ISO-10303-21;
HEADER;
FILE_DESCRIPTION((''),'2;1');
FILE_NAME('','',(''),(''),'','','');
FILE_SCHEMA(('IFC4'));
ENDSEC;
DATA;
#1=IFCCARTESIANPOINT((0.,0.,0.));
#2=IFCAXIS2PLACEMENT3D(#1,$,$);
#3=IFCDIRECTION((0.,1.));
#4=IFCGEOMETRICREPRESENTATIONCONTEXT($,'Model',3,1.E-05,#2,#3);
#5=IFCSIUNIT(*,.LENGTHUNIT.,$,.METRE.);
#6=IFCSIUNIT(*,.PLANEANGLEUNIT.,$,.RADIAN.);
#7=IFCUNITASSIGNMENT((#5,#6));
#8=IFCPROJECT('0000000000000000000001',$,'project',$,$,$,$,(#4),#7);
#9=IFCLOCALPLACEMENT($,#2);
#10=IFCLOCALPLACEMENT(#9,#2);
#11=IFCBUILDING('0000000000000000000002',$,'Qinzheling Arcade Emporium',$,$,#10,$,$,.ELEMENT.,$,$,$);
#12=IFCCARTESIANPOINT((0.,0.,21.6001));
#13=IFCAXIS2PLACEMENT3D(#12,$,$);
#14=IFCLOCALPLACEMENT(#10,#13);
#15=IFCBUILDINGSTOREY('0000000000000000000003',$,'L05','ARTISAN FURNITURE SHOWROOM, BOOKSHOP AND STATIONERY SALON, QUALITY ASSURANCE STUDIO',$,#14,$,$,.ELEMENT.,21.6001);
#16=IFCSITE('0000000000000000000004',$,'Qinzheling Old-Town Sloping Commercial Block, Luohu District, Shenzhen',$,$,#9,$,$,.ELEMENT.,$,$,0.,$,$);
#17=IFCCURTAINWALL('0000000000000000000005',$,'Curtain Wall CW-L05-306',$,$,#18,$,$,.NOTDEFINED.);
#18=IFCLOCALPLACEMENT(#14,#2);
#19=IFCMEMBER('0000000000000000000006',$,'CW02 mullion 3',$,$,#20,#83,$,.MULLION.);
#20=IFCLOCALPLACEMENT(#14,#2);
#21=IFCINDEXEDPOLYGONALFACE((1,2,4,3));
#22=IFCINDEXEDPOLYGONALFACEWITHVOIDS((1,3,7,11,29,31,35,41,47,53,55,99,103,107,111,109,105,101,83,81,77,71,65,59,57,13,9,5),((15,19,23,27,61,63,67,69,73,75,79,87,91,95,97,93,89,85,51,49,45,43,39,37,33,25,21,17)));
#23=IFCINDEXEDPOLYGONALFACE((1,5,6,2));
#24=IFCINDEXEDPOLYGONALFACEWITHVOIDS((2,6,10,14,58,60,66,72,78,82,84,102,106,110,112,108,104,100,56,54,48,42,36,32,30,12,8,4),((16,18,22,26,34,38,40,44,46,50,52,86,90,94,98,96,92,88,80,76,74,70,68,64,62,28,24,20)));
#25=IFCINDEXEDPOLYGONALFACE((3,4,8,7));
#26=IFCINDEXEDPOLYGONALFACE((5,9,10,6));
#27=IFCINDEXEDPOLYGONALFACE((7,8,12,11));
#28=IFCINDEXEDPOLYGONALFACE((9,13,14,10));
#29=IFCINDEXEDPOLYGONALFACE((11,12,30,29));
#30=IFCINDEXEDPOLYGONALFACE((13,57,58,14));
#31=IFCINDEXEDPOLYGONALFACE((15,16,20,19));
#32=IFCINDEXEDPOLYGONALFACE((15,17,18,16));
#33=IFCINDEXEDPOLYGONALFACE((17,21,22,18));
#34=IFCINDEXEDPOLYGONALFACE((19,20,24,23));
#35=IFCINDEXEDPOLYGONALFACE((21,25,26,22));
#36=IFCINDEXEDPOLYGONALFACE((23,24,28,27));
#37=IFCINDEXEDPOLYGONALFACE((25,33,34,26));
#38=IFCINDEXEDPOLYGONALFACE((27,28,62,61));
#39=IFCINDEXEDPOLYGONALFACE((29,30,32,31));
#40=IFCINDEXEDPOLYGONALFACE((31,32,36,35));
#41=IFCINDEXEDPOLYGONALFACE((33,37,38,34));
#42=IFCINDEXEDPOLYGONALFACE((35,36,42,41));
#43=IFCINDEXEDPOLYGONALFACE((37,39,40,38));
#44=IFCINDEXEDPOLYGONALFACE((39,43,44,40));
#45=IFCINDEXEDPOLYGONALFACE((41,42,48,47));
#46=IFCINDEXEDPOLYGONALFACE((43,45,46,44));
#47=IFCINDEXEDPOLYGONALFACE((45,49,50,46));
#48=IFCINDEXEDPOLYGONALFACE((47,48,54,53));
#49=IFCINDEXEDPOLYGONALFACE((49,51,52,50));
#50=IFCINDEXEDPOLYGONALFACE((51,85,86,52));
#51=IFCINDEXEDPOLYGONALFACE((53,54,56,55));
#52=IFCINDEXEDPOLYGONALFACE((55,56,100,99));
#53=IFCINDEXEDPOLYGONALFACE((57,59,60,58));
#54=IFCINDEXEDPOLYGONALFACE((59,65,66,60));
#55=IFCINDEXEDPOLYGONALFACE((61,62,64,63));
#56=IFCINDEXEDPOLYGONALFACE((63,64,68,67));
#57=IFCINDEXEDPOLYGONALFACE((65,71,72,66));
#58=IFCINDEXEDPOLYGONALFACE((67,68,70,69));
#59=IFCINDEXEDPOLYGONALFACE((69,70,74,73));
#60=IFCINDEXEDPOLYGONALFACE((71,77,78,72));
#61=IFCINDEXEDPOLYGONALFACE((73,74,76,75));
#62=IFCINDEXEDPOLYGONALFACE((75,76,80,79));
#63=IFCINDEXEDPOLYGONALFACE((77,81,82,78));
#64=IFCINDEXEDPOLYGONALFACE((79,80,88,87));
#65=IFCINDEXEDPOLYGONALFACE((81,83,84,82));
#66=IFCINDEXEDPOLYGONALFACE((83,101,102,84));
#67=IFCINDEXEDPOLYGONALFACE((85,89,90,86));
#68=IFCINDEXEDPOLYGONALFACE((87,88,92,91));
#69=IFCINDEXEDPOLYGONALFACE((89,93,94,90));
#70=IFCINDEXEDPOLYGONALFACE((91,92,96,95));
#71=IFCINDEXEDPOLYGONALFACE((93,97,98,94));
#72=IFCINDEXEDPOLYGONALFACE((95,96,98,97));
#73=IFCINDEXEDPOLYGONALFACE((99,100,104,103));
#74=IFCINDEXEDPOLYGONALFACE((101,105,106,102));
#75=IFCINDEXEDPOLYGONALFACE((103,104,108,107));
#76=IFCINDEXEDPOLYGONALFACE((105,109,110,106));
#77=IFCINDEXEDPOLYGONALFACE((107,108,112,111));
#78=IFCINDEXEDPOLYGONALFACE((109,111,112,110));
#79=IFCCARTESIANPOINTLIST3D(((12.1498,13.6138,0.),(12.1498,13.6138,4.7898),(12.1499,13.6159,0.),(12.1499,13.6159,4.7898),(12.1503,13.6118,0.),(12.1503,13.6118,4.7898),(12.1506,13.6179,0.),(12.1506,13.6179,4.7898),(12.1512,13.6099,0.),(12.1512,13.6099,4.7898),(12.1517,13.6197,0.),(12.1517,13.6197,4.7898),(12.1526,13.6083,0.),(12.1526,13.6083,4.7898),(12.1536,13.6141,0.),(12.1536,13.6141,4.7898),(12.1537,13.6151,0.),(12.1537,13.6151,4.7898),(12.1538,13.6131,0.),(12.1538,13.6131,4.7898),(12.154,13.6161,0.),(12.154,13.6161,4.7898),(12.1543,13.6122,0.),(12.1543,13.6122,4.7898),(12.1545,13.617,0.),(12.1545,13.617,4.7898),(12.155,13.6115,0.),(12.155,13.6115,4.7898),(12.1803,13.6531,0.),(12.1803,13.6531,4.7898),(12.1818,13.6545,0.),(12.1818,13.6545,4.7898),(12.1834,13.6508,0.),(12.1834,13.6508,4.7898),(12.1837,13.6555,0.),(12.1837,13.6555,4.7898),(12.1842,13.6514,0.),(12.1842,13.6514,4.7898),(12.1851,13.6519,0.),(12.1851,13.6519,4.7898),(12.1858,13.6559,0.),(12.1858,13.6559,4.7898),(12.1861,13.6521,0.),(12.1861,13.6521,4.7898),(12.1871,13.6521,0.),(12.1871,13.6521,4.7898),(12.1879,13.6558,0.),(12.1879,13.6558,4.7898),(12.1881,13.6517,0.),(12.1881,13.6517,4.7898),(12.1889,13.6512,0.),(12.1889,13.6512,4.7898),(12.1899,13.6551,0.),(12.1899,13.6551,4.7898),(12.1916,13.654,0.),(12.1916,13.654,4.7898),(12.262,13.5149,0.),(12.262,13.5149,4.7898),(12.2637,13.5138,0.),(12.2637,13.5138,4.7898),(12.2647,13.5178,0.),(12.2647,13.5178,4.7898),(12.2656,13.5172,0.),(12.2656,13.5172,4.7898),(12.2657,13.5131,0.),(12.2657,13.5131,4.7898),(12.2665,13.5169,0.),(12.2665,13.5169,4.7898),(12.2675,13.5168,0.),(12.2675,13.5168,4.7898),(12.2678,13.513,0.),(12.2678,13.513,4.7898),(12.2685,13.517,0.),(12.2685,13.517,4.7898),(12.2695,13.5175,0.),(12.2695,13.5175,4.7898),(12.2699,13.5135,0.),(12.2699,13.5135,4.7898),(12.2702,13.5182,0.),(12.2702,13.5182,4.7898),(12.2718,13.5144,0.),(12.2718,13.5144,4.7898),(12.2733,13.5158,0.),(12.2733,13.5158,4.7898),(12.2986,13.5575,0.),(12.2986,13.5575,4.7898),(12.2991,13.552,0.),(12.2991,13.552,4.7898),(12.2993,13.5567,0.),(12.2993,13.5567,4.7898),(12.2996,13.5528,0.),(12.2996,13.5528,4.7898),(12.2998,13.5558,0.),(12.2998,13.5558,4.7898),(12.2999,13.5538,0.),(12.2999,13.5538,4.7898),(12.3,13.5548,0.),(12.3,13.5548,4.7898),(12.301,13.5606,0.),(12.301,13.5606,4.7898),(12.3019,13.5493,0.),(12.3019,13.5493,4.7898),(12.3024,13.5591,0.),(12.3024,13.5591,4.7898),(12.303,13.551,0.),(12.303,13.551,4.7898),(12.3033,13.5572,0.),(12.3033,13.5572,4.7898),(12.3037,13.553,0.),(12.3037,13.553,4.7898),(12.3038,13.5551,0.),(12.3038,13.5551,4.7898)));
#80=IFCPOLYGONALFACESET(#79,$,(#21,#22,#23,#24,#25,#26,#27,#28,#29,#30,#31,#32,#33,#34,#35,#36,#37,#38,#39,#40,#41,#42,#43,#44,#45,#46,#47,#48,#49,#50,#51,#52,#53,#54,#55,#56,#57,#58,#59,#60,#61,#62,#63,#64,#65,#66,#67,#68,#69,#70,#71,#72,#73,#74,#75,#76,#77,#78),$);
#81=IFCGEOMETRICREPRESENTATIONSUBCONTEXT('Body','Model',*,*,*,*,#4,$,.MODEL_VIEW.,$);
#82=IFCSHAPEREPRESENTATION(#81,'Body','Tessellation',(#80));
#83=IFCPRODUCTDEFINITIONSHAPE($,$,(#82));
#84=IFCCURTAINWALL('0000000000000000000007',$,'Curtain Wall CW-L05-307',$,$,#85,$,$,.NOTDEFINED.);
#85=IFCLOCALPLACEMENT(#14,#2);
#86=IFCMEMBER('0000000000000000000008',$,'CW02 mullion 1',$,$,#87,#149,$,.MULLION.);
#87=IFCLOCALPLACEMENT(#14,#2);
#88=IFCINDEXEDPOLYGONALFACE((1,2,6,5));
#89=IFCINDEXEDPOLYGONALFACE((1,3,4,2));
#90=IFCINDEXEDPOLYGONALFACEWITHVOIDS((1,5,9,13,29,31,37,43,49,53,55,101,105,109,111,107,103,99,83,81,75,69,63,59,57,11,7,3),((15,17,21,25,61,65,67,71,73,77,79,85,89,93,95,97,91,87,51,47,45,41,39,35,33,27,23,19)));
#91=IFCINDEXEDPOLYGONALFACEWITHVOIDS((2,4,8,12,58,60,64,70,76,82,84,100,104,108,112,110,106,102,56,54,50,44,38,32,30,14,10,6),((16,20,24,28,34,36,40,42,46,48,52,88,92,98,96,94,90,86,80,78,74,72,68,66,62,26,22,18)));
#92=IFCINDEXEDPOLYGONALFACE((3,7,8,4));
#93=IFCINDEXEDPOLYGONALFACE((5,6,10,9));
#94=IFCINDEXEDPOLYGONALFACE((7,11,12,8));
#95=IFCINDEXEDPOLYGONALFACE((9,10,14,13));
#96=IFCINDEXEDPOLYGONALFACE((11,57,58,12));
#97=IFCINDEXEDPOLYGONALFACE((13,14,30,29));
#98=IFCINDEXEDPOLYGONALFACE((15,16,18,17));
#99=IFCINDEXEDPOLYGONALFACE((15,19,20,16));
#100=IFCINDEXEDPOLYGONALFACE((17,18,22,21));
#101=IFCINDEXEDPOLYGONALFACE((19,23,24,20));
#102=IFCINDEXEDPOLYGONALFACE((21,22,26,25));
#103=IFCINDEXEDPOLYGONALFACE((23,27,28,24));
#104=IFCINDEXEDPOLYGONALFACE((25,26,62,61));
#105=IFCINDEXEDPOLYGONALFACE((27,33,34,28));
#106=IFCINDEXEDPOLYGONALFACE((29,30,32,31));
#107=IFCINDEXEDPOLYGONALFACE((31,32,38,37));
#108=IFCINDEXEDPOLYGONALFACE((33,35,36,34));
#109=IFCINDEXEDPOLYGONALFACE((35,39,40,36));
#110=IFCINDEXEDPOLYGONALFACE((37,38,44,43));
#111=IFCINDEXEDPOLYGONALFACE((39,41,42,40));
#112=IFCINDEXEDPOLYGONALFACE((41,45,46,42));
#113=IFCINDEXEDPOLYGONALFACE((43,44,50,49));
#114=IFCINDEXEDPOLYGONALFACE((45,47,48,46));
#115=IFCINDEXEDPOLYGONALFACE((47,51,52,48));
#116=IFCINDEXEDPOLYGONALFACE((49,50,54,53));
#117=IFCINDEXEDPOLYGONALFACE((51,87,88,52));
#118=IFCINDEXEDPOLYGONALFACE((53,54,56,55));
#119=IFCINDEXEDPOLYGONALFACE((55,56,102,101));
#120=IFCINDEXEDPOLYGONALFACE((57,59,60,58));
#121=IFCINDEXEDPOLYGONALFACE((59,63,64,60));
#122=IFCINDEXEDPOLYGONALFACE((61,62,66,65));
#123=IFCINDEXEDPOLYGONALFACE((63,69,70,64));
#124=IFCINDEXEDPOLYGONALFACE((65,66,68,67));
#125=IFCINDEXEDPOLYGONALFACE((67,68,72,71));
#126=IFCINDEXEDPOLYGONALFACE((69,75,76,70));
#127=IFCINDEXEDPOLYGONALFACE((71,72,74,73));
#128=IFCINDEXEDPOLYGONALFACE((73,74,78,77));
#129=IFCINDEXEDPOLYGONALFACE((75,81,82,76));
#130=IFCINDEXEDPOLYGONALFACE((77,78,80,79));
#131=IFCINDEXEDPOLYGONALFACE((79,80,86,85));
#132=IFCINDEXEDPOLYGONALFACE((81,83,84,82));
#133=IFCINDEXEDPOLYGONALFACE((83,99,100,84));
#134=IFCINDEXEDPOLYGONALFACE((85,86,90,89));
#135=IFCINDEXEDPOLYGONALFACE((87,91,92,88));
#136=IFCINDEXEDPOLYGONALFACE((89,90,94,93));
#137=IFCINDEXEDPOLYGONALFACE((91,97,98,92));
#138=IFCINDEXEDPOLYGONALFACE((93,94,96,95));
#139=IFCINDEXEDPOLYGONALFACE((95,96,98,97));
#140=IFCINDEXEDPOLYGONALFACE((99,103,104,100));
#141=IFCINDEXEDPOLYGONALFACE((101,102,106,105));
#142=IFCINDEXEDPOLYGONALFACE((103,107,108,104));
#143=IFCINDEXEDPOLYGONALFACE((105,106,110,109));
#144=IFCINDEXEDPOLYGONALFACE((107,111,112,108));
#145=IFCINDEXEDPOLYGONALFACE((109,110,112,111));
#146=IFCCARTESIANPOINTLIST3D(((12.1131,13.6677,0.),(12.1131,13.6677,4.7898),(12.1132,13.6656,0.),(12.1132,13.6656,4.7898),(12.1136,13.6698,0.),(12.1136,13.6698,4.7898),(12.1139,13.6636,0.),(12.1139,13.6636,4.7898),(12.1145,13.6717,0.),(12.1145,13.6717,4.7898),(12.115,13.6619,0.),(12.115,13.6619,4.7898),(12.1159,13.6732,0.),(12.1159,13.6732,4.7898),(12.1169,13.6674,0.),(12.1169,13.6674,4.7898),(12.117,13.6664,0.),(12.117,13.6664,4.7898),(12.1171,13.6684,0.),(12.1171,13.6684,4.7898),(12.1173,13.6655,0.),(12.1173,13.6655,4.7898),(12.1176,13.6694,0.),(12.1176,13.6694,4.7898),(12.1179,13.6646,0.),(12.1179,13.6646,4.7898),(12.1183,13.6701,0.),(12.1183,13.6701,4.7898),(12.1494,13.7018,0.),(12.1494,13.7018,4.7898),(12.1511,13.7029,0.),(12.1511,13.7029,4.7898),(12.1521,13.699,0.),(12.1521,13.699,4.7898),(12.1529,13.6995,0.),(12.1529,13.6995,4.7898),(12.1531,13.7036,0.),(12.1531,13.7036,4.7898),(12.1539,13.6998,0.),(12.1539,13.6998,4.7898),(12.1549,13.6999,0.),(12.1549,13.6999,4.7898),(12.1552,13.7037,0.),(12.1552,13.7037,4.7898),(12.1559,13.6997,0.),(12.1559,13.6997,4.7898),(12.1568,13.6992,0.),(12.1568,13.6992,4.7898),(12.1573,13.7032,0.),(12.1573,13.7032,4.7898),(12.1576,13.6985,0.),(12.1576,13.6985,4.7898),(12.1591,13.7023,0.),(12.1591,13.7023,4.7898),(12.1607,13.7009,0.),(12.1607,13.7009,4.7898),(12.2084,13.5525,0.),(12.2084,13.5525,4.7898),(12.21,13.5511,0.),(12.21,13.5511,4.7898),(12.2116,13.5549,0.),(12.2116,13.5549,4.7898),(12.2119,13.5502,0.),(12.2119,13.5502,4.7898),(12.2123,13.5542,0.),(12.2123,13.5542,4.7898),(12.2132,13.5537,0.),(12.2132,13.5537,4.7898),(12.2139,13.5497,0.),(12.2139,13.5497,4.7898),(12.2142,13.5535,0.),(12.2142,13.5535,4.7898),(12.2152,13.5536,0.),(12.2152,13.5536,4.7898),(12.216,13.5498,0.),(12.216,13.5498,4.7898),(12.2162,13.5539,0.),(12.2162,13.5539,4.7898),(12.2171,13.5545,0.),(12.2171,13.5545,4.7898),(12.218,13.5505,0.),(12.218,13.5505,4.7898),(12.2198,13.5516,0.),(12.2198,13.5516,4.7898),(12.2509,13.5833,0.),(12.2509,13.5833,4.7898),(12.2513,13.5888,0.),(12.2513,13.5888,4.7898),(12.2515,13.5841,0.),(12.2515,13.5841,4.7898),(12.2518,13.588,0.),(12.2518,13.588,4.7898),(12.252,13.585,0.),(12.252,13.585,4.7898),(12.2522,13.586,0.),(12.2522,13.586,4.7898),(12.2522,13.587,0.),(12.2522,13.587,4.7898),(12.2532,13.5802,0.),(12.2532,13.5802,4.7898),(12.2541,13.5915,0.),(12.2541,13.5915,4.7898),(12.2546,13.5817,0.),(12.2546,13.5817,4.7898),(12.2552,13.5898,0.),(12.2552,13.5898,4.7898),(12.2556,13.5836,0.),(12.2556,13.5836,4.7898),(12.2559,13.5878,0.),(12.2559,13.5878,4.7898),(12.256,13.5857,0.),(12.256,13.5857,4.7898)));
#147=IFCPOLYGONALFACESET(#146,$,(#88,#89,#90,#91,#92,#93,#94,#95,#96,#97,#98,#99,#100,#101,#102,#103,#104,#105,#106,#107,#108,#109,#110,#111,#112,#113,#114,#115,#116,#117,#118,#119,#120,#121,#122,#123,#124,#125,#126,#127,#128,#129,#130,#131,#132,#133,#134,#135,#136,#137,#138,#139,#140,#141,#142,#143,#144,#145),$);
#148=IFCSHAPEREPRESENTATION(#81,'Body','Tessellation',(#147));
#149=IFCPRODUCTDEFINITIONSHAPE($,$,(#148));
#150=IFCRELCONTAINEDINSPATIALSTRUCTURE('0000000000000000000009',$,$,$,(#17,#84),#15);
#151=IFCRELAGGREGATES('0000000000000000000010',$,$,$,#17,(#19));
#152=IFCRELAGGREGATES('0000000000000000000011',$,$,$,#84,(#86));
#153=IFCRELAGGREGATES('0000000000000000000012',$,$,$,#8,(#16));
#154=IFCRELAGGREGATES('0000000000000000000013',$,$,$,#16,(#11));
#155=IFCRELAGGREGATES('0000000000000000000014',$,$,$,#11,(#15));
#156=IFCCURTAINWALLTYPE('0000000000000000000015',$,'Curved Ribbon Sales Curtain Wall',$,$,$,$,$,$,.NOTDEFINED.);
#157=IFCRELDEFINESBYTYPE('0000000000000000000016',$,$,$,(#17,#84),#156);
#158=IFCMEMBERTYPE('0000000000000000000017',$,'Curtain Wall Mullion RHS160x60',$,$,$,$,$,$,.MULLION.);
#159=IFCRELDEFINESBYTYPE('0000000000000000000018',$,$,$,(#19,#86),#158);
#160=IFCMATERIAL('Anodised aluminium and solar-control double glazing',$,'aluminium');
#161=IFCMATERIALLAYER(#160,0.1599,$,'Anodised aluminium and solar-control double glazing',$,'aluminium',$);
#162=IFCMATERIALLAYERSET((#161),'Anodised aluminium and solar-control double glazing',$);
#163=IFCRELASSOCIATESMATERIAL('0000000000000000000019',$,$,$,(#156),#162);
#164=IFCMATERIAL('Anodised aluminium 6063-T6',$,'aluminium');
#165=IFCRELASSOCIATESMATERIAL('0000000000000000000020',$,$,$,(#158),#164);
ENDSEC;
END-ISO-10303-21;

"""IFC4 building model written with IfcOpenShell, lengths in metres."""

from ifc_helpers import new_model, si_unit, direction, frame, origin, origin_2d, place, context, subcontext, project, spatial, hollow_rectangle, extrude, material, layer, layer_set, material_profile, profile_set, type_object, element, aggregate, save


model = new_model("IFC4")

# Units and contexts
model_context = context("Model", 3, precision=1e-05, world=origin(), true_north=direction((0.0, 1.0)))
body_context = subcontext(model_context, "Body", "Model", "MODEL_VIEW")
ifc_project = project(units=[si_unit("LENGTHUNIT", "METRE"), si_unit("PLANEANGLEUNIT", "RADIAN")], contexts=[model_context])

# Site, building, storey
site_placement = place(None, origin())
site = spatial("IfcSite", under=ifc_project, at=site_placement, Name="Qinzheling Old-Town Sloping Commercial Block, Luohu District, Shenzhen", CompositionType="ELEMENT", RefElevation=0.0)
building_placement = place(site_placement, origin())
building = spatial("IfcBuilding", under=site, at=building_placement, Name="Qinzheling Arcade Emporium", CompositionType="ELEMENT")
storey_placement = place(building_placement, frame((0.0, 0.0, 21.6001)))
storey = spatial("IfcBuildingStorey", under=building, at=storey_placement, Name="L05", Description="ARTISAN FURNITURE SHOWROOM, BOOKSHOP AND STATIONERY SALON, QUALITY ASSURANCE STUDIO", CompositionType="ELEMENT", Elevation=21.6001)

# Curtain walls, members
ifc_material_1 = material(Name="Anodised aluminium and solar-control double glazing", Category="aluminium")
ifc_layer_1 = layer(ifc_material_1, 0.1599, Name="Anodised aluminium and solar-control double glazing", Category="aluminium")
ifc_layer_set_1 = layer_set([ifc_layer_1], Name="Anodised aluminium and solar-control double glazing")
curtain_wall_type = type_object("IfcCurtainWallType", Name="Curved Ribbon Sales Curtain Wall", PredefinedType="NOTDEFINED", material=ifc_layer_set_1)
curtain_wall_1_placement = place(storey_placement, origin())
curtain_wall_1 = element("IfcCurtainWall", 1, at=curtain_wall_1_placement, inside=storey, type_object=curtain_wall_type, Name="Curtain Wall CW-L05-306", PredefinedType="NOTDEFINED")
ifc_material_2 = material(Name="Anodised aluminium 6063-T6", Category="aluminium")
ifc_material_profile_1 = material_profile(ifc_material_2, hollow_rectangle(XDim=0.0601, YDim=0.1599, WallThickness=0.0039, InnerFilletRadius=0.0039, OuterFilletRadius=0.0081, at=origin_2d()), Name="RHS 160x60x4", Category="aluminium")
ifc_profile_set_1 = profile_set([ifc_material_profile_1], Name="Anodised aluminium 6063-T6")
member_type_1 = type_object("IfcMemberType", Name="Curtain Wall Mullion RHS160x60", PredefinedType="MULLION", material=ifc_profile_set_1)
member_1_placement = place(storey_placement, frame((12.2268, 13.5845, 0.0), z_axis=(0.0, 0.0, 1.0), x_axis=(-0.649433, -0.760418, 0.0)))
member_1 = element("IfcMember", 2, at=member_1_placement, type_object=member_type_1, Name="CW02 mullion 3", PredefinedType="MULLION", context=body_context, shape_type="SweptSolid", body=[
    extrude(hollow_rectangle(XDim=0.0601, YDim=0.1599, WallThickness=0.0039, InnerFilletRadius=0.0039, OuterFilletRadius=0.0081, at=origin_2d()), origin(), (0.0, 0.0, 1.0), 4.7898),
])
curtain_wall_2_placement = place(storey_placement, origin())
curtain_wall_2 = element("IfcCurtainWall", 3, at=curtain_wall_2_placement, inside=storey, type_object=curtain_wall_type, Name="Curtain Wall CW-L05-307", PredefinedType="NOTDEFINED")
member_2_placement = place(storey_placement, frame((12.1846, 13.6267, 0.0), z_axis=(0.0, 0.0, 1.0), x_axis=(-0.760418, -0.649433, 0.0)))
member_2 = element("IfcMember", 4, at=member_2_placement, type_object=member_type_1, Name="CW02 mullion 1", PredefinedType="MULLION", context=body_context, shape_type="SweptSolid", body=[
    extrude(hollow_rectangle(XDim=0.0601, YDim=0.1599, WallThickness=0.0039, InnerFilletRadius=0.0039, OuterFilletRadius=0.0081, at=origin_2d()), origin(), (0.0, 0.0, 1.0), 4.7898),
])

aggregate(curtain_wall_1, [member_1])
aggregate(curtain_wall_2, [member_2])

save(model, "model.ifc")
